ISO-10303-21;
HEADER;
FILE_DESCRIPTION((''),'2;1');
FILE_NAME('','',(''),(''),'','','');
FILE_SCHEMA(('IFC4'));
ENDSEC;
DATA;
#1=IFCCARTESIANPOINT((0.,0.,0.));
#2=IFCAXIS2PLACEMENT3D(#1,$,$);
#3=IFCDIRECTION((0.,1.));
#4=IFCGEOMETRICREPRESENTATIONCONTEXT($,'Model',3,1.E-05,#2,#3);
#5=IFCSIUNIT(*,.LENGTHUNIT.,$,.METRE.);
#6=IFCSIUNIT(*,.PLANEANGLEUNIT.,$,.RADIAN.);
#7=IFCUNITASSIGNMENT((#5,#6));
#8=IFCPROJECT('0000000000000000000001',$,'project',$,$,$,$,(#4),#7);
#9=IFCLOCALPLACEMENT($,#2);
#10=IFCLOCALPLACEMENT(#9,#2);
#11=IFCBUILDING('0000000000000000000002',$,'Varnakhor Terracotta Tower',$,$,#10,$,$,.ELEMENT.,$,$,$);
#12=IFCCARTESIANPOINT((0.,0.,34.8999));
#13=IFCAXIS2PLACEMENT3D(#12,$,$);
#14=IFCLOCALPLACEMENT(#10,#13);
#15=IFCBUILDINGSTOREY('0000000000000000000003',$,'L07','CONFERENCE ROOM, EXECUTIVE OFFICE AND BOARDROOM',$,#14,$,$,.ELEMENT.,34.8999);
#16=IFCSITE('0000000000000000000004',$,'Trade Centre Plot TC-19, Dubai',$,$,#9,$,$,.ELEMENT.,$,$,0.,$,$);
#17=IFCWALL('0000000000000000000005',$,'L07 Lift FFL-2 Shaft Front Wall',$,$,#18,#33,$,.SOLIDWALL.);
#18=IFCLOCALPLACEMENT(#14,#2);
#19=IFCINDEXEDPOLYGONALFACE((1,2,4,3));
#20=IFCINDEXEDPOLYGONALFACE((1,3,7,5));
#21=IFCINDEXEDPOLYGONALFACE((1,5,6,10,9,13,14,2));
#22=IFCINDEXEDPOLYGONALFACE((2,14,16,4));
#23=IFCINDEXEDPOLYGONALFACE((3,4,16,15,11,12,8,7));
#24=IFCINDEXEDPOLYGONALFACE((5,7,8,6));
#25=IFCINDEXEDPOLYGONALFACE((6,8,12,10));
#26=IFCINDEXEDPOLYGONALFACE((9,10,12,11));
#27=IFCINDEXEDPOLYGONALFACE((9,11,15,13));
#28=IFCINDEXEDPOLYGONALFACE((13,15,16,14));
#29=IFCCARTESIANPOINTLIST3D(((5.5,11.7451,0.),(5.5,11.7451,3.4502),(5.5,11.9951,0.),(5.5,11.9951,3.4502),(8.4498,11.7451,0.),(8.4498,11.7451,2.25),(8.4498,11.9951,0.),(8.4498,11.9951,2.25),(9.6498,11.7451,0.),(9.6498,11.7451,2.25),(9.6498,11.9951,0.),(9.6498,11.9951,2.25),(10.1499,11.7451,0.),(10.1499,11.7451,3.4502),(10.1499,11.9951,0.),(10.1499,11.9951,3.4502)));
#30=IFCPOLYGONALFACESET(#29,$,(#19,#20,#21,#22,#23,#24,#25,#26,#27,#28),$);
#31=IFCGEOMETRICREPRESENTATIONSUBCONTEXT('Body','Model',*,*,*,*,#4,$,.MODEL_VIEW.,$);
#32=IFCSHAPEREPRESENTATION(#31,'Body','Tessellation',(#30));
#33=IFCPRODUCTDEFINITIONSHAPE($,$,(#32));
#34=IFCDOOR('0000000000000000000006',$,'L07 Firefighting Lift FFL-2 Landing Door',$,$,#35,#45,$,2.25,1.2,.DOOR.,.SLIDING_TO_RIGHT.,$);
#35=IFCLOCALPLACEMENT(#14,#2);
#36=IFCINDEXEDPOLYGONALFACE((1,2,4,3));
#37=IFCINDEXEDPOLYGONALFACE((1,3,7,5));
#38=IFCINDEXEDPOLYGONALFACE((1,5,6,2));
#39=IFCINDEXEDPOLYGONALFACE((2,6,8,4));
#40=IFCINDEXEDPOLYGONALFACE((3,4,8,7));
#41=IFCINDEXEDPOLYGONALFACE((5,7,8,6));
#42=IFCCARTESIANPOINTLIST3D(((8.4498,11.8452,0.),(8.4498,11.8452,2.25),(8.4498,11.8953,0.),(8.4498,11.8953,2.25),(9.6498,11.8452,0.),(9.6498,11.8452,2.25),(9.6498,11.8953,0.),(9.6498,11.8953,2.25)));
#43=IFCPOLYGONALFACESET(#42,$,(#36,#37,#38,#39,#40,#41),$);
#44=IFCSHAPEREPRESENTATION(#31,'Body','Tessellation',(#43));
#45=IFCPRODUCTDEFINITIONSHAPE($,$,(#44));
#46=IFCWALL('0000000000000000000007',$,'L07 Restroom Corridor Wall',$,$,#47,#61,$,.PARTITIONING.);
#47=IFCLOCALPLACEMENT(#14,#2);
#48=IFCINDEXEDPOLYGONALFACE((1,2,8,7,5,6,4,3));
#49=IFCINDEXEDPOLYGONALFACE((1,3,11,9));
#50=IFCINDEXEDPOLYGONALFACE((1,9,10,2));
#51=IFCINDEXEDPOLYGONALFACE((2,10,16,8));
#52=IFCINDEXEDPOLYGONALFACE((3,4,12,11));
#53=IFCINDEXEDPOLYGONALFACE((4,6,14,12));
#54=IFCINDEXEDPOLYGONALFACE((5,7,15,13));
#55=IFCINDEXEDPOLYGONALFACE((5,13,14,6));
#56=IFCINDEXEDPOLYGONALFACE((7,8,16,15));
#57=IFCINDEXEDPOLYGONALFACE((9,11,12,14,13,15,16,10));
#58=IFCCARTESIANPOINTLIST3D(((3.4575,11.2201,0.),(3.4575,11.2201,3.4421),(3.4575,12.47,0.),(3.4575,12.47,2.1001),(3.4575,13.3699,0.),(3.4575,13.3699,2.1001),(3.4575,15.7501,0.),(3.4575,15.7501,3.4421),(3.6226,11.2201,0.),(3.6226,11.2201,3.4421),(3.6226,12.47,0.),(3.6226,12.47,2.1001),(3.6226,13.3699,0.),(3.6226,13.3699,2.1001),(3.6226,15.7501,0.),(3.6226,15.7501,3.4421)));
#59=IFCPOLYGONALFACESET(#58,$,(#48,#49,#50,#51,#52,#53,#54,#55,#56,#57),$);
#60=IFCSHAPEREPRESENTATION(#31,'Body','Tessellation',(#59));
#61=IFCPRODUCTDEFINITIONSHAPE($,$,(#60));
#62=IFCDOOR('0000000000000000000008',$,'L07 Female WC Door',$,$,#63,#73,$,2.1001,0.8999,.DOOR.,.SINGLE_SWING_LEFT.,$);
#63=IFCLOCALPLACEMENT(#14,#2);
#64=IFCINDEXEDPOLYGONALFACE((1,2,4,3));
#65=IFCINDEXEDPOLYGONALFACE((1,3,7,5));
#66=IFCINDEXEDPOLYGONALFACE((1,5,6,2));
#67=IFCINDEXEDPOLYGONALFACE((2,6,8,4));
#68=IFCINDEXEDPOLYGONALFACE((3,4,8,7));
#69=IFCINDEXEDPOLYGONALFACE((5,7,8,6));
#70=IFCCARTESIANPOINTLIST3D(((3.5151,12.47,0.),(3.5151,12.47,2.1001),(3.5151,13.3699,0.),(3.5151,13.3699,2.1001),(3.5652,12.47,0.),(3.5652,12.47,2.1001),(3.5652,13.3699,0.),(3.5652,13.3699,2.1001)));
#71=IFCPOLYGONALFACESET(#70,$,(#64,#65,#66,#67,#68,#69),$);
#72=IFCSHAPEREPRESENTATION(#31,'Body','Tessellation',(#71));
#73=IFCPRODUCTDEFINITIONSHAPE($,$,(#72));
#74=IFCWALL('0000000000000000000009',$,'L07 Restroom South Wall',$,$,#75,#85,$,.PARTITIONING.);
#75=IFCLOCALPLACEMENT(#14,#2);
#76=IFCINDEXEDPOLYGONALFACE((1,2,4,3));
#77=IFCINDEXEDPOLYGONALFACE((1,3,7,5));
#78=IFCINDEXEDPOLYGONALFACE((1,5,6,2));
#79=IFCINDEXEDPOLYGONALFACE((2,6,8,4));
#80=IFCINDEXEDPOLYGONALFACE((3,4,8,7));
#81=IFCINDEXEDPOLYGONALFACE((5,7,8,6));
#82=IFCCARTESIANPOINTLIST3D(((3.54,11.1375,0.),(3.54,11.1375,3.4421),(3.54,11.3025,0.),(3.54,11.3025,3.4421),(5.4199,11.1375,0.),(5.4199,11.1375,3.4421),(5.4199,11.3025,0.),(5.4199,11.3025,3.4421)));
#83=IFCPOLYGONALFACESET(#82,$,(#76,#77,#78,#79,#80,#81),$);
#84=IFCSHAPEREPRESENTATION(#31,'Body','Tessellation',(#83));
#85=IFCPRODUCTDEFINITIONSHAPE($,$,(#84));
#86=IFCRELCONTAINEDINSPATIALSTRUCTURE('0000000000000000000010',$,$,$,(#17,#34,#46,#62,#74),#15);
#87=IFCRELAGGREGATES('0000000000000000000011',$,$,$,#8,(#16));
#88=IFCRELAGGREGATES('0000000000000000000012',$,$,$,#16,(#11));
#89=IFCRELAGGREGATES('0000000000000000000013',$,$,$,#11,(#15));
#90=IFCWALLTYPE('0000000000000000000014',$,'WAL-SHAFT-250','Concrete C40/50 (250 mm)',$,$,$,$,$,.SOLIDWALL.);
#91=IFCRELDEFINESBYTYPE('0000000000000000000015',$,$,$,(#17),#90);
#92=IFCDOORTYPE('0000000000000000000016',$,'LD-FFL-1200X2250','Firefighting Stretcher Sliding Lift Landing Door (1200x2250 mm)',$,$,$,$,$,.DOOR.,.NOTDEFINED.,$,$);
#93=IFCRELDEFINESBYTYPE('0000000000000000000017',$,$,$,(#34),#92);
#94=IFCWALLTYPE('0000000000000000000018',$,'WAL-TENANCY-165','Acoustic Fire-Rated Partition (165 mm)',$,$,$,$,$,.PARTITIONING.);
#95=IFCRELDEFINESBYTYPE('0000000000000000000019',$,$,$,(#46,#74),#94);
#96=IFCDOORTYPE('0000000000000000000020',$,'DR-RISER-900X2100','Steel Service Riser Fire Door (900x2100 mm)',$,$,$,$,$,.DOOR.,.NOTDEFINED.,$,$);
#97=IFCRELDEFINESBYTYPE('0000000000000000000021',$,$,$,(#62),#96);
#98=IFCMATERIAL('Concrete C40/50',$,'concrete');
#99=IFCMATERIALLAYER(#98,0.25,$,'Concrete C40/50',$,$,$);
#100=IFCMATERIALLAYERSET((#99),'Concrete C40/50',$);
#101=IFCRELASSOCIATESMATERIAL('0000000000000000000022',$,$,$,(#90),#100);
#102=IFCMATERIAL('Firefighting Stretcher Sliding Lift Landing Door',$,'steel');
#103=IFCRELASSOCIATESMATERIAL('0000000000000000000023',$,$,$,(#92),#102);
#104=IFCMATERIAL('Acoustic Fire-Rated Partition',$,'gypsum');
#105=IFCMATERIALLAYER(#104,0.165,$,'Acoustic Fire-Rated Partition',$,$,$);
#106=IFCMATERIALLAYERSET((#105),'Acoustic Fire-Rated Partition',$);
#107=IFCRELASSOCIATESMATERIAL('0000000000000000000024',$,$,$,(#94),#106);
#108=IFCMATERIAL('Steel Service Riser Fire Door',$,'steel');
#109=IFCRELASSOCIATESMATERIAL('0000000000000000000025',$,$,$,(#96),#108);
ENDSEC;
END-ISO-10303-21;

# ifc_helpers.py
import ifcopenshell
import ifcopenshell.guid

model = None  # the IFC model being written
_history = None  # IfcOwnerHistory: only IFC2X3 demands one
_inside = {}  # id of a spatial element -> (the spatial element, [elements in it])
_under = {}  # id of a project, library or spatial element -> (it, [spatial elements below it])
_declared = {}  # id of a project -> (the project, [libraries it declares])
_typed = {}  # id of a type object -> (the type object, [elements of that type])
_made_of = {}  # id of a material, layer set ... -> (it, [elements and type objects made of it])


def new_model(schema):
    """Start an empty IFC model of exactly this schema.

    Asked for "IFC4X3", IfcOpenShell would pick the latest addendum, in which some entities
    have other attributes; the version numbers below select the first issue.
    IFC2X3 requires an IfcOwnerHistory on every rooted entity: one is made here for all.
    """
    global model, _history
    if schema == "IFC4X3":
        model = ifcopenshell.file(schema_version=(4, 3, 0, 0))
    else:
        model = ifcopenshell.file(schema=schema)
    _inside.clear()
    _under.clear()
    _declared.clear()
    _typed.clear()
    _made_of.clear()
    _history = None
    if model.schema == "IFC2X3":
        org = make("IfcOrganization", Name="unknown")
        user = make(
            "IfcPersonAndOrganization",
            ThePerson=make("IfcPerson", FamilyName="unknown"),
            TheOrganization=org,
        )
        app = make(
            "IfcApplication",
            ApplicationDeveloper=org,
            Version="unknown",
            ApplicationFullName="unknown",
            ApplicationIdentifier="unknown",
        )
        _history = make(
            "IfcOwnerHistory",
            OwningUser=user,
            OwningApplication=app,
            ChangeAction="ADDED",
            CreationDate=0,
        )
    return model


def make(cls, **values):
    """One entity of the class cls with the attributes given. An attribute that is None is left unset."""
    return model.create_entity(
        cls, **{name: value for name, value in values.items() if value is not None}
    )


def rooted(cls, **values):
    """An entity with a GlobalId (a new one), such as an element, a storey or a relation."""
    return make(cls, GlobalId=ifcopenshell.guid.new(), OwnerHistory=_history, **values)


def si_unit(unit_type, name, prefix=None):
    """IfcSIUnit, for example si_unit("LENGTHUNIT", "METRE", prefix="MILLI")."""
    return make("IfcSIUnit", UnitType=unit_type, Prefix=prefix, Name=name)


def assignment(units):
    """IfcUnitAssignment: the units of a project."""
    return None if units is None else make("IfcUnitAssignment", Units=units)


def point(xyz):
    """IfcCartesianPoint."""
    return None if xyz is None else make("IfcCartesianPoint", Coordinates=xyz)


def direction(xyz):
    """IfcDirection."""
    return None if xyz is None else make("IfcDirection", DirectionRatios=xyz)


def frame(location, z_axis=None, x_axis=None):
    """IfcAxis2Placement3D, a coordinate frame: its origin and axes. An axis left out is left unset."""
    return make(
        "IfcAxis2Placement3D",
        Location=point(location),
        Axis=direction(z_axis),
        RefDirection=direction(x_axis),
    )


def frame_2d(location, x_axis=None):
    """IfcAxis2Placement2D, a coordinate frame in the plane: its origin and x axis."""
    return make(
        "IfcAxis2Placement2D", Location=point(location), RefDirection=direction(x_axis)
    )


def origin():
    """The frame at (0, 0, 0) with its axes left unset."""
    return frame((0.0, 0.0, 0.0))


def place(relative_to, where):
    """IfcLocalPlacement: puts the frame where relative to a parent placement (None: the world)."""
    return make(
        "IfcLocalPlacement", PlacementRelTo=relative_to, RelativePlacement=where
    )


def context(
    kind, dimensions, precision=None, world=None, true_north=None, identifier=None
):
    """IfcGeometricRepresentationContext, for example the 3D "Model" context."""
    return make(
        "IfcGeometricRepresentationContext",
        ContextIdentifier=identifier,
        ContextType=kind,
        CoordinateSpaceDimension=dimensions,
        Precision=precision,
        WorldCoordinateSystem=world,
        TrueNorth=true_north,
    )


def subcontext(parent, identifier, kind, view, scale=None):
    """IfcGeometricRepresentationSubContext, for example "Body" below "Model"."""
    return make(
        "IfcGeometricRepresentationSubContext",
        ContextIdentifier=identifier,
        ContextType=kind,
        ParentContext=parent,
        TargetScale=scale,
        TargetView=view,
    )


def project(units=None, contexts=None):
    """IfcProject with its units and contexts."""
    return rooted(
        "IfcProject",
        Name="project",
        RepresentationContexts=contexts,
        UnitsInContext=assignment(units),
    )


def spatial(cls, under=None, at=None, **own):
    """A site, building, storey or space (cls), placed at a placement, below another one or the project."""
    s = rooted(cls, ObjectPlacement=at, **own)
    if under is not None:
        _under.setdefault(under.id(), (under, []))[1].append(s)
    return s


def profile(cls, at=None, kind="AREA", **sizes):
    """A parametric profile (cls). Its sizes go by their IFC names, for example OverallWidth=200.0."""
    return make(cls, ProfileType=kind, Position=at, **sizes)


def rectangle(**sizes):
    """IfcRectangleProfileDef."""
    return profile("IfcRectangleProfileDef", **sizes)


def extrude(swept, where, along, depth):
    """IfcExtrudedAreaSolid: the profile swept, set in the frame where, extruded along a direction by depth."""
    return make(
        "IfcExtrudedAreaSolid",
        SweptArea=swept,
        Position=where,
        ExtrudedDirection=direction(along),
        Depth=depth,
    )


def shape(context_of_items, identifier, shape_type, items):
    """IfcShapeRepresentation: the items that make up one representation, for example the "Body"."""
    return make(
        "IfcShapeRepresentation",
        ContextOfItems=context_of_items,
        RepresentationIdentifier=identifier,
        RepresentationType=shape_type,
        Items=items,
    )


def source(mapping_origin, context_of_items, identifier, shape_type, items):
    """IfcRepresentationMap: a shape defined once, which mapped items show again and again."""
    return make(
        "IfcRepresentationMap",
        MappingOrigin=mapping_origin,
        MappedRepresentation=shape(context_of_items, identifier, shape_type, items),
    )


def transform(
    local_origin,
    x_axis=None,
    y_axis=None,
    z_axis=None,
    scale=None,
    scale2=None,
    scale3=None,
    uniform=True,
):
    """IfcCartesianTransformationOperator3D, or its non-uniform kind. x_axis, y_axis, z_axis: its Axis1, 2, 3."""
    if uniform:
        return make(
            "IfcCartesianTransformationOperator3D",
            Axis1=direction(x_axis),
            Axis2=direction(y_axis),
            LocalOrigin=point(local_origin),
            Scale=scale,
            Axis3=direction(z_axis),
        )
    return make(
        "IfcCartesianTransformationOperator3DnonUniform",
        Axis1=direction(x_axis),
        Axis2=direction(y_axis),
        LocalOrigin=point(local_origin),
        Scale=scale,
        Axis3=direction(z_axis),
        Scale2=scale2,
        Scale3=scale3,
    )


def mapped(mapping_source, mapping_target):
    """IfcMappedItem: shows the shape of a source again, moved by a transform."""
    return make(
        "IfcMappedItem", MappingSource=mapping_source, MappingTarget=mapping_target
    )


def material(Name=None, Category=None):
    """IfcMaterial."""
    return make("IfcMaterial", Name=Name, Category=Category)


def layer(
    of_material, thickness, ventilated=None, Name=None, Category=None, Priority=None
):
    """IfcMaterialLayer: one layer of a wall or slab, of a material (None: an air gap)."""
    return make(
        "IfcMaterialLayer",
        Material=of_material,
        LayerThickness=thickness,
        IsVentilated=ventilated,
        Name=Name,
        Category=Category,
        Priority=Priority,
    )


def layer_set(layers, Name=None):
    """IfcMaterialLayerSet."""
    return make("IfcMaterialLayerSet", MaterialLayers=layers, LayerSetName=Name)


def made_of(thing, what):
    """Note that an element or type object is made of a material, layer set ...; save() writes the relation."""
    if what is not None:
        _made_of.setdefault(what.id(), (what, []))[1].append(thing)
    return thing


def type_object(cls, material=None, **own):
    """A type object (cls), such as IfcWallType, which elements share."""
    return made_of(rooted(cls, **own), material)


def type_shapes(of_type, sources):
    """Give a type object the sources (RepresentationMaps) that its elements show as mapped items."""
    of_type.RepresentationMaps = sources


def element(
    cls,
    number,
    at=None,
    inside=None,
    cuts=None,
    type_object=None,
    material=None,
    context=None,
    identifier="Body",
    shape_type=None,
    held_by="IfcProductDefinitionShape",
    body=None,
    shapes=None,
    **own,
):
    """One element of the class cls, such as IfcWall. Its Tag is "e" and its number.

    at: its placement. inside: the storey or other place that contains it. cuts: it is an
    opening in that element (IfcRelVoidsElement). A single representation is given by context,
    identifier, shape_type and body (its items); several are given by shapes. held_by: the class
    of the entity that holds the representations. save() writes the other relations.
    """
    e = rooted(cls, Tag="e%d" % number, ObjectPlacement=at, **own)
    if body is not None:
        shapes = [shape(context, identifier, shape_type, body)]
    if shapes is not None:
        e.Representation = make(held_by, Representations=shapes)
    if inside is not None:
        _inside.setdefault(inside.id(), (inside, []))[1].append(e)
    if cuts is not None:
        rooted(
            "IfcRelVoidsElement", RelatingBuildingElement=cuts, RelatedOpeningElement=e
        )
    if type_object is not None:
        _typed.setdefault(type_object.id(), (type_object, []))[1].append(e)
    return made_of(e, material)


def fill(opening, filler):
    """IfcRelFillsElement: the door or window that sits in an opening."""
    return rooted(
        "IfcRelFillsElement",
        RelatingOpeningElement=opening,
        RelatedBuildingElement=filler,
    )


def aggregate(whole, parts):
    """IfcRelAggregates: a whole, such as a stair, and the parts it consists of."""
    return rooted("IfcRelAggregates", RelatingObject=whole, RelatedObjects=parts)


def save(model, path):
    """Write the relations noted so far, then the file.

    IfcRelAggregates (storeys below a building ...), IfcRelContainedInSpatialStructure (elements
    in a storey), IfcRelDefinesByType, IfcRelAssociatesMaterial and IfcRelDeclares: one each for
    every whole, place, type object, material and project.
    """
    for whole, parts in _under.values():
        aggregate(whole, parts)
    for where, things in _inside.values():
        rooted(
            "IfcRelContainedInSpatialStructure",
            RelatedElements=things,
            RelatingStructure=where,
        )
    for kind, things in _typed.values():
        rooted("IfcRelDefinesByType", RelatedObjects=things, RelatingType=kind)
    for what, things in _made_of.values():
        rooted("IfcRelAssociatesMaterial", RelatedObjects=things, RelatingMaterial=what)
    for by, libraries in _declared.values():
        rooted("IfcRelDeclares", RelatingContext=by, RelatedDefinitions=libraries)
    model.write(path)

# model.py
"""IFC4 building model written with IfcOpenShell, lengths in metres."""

from ifc_helpers import new_model, si_unit, direction, frame, frame_2d, origin, place, context, subcontext, project, spatial, rectangle, extrude, source, transform, mapped, material, layer, layer_set, type_object, type_shapes, element, fill, save


model = new_model("IFC4")

# Units and contexts
model_context = context("Model", 3, precision=1e-05, world=origin(), true_north=direction((0.0, 1.0)))
body_context = subcontext(model_context, "Body", "Model", "MODEL_VIEW")
ifc_project = project(units=[si_unit("LENGTHUNIT", "METRE"), si_unit("PLANEANGLEUNIT", "RADIAN")], contexts=[model_context])

# Site, building, storey
site_placement = place(None, origin())
site = spatial("IfcSite", under=ifc_project, at=site_placement, Name="Trade Centre Plot TC-19, Dubai", CompositionType="ELEMENT", RefElevation=0.0)
building_placement = place(site_placement, origin())
building = spatial("IfcBuilding", under=site, at=building_placement, Name="Varnakhor Terracotta Tower", CompositionType="ELEMENT")
storey_placement = place(building_placement, frame((0.0, 0.0, 34.8999)))
storey = spatial("IfcBuildingStorey", under=building, at=storey_placement, Name="L07", Description="CONFERENCE ROOM, EXECUTIVE OFFICE AND BOARDROOM", CompositionType="ELEMENT", Elevation=34.8999)

# Shared definitions
ifc_material_1 = material(Name="Concrete C40/50", Category="concrete")

# Walls, openings, doors
ifc_layer_1 = layer(ifc_material_1, 0.25, Name="Concrete C40/50")
ifc_layer_set_1 = layer_set([ifc_layer_1], Name="Concrete C40/50")
wall_type_1 = type_object("IfcWallType", Name="WAL-SHAFT-250", Description="Concrete C40/50 (250 mm)", PredefinedType="SOLIDWALL", material=ifc_layer_set_1)
wall_1_placement = place(storey_placement, frame((10.1499, 11.8701, 0.0), z_axis=(0.0, 0.0, 1.0), x_axis=(-1.0, 0.0, 0.0)))
wall_1 = element("IfcWall", 1, at=wall_1_placement, inside=storey, type_object=wall_type_1, Name="L07 Lift FFL-2 Shaft Front Wall", PredefinedType="SOLIDWALL", context=body_context, shape_type="SweptSolid", body=[
    extrude(rectangle(XDim=4.6499, YDim=0.25, at=frame_2d((2.325, 0.0))), origin(), (0.0, 0.0, 1.0), 3.4502),
])
opening_1_placement = place(wall_1_placement, frame((0.5, 0.0, 0.0)))
opening_1 = element("IfcOpeningElement", 2, at=opening_1_placement, cuts=wall_1, PredefinedType="OPENING", context=body_context, shape_type="SweptSolid", body=[
    extrude(rectangle(XDim=1.2, YDim=2.25, at=frame_2d((0.6001, 1.125))), frame((0.0, 0.135, 0.0), z_axis=(0.0, -1.0, 0.0), x_axis=(1.0, 0.0, 0.0)), (0.0, 0.0, 1.0), 0.27),
])
ifc_material_2 = material(Name="Firefighting Stretcher Sliding Lift Landing Door", Category="steel")
door_type_1 = type_object("IfcDoorType", Name="LD-FFL-1200X2250", Description="Firefighting Stretcher Sliding Lift Landing Door (1200x2250 mm)", OperationType="NOTDEFINED", PredefinedType="DOOR", material=ifc_material_2)
shared_shape_1 = source(origin(), body_context, "Body", "SweptSolid", [
    extrude(rectangle(XDim=1.2, YDim=2.25, at=frame_2d((0.6001, 1.125))), frame((0.0, 0.0249, 0.0), z_axis=(0.0, -1.0, 0.0), x_axis=(1.0, 0.0, 0.0)), (0.0, 0.0, 1.0), 0.05),
])
type_shapes(door_type_1, [shared_shape_1])
door_1_placement = place(opening_1_placement, origin())
door_1 = element("IfcDoor", 3, at=door_1_placement, inside=storey, type_object=door_type_1, Name="L07 Firefighting Lift FFL-2 Landing Door", OperationType="SLIDING_TO_RIGHT", OverallHeight=2.25, OverallWidth=1.2, PredefinedType="DOOR", context=body_context, shape_type="MappedRepresentation", body=[
    mapped(shared_shape_1, transform((0.0, 0.0, 0.0), scale=1.0)),
])
fill(opening_1, door_1)
ifc_material_3 = material(Name="Acoustic Fire-Rated Partition", Category="gypsum")
ifc_layer_2 = layer(ifc_material_3, 0.165, Name="Acoustic Fire-Rated Partition")
ifc_layer_set_2 = layer_set([ifc_layer_2], Name="Acoustic Fire-Rated Partition")
wall_type_2 = type_object("IfcWallType", Name="WAL-TENANCY-165", Description="Acoustic Fire-Rated Partition (165 mm)", PredefinedType="PARTITIONING", material=ifc_layer_set_2)
wall_2_placement = place(storey_placement, frame((3.54, 11.22, 0.0), z_axis=(0.0, 0.0, 1.0), x_axis=(0.0, 1.0, 0.0)))
wall_2 = element("IfcWall", 4, at=wall_2_placement, inside=storey, type_object=wall_type_2, Name="L07 Restroom Corridor Wall", PredefinedType="PARTITIONING", context=body_context, shape_type="SweptSolid", body=[
    extrude(rectangle(XDim=4.53, YDim=0.165, at=frame_2d((2.2651, 0.0))), origin(), (0.0, 0.0, 1.0), 3.4421),
])
opening_2_placement = place(wall_2_placement, frame((1.25, 0.0, 0.0)))
opening_2 = element("IfcOpeningElement", 5, at=opening_2_placement, cuts=wall_2, PredefinedType="OPENING", context=body_context, shape_type="SweptSolid", body=[
    extrude(rectangle(XDim=0.8999, YDim=2.1001, at=frame_2d((0.45, 1.05))), frame((0.0, 0.0925, 0.0), z_axis=(0.0, -1.0, 0.0), x_axis=(1.0, 0.0, 0.0)), (0.0, 0.0, 1.0), 0.1851),
])
ifc_material_4 = material(Name="Steel Service Riser Fire Door", Category="steel")
door_type_2 = type_object("IfcDoorType", Name="DR-RISER-900X2100", Description="Steel Service Riser Fire Door (900x2100 mm)", OperationType="NOTDEFINED", PredefinedType="DOOR", material=ifc_material_4)
shared_shape_2 = source(origin(), body_context, "Body", "SweptSolid", [
    extrude(rectangle(XDim=0.8999, YDim=2.1001, at=frame_2d((0.45, 1.05))), frame((0.0, 0.0249, 0.0), z_axis=(0.0, -1.0, 0.0), x_axis=(1.0, 0.0, 0.0)), (0.0, 0.0, 1.0), 0.05),
])
type_shapes(door_type_2, [shared_shape_2])
door_2_placement = place(opening_2_placement, origin())
door_2 = element("IfcDoor", 6, at=door_2_placement, inside=storey, type_object=door_type_2, Name="L07 Female WC Door", OperationType="SINGLE_SWING_LEFT", OverallHeight=2.1001, OverallWidth=0.8999, PredefinedType="DOOR", context=body_context, shape_type="MappedRepresentation", body=[
    mapped(shared_shape_2, transform((0.0, 0.0, 0.0), scale=1.0)),
])
fill(opening_2, door_2)

# Wall
wall_3_placement = place(storey_placement, frame((3.54, 11.22, 0.0), z_axis=(0.0, 0.0, 1.0), x_axis=(1.0, 0.0, 0.0)))
element("IfcWall", 7, at=wall_3_placement, inside=storey, type_object=wall_type_2, Name="L07 Restroom South Wall", PredefinedType="PARTITIONING", context=body_context, shape_type="SweptSolid", body=[
    extrude(rectangle(XDim=1.8799, YDim=0.165, at=frame_2d((0.9399, 0.0))), origin(), (0.0, 0.0, 1.0), 3.4421),
])

save(model, "model.ifc")
